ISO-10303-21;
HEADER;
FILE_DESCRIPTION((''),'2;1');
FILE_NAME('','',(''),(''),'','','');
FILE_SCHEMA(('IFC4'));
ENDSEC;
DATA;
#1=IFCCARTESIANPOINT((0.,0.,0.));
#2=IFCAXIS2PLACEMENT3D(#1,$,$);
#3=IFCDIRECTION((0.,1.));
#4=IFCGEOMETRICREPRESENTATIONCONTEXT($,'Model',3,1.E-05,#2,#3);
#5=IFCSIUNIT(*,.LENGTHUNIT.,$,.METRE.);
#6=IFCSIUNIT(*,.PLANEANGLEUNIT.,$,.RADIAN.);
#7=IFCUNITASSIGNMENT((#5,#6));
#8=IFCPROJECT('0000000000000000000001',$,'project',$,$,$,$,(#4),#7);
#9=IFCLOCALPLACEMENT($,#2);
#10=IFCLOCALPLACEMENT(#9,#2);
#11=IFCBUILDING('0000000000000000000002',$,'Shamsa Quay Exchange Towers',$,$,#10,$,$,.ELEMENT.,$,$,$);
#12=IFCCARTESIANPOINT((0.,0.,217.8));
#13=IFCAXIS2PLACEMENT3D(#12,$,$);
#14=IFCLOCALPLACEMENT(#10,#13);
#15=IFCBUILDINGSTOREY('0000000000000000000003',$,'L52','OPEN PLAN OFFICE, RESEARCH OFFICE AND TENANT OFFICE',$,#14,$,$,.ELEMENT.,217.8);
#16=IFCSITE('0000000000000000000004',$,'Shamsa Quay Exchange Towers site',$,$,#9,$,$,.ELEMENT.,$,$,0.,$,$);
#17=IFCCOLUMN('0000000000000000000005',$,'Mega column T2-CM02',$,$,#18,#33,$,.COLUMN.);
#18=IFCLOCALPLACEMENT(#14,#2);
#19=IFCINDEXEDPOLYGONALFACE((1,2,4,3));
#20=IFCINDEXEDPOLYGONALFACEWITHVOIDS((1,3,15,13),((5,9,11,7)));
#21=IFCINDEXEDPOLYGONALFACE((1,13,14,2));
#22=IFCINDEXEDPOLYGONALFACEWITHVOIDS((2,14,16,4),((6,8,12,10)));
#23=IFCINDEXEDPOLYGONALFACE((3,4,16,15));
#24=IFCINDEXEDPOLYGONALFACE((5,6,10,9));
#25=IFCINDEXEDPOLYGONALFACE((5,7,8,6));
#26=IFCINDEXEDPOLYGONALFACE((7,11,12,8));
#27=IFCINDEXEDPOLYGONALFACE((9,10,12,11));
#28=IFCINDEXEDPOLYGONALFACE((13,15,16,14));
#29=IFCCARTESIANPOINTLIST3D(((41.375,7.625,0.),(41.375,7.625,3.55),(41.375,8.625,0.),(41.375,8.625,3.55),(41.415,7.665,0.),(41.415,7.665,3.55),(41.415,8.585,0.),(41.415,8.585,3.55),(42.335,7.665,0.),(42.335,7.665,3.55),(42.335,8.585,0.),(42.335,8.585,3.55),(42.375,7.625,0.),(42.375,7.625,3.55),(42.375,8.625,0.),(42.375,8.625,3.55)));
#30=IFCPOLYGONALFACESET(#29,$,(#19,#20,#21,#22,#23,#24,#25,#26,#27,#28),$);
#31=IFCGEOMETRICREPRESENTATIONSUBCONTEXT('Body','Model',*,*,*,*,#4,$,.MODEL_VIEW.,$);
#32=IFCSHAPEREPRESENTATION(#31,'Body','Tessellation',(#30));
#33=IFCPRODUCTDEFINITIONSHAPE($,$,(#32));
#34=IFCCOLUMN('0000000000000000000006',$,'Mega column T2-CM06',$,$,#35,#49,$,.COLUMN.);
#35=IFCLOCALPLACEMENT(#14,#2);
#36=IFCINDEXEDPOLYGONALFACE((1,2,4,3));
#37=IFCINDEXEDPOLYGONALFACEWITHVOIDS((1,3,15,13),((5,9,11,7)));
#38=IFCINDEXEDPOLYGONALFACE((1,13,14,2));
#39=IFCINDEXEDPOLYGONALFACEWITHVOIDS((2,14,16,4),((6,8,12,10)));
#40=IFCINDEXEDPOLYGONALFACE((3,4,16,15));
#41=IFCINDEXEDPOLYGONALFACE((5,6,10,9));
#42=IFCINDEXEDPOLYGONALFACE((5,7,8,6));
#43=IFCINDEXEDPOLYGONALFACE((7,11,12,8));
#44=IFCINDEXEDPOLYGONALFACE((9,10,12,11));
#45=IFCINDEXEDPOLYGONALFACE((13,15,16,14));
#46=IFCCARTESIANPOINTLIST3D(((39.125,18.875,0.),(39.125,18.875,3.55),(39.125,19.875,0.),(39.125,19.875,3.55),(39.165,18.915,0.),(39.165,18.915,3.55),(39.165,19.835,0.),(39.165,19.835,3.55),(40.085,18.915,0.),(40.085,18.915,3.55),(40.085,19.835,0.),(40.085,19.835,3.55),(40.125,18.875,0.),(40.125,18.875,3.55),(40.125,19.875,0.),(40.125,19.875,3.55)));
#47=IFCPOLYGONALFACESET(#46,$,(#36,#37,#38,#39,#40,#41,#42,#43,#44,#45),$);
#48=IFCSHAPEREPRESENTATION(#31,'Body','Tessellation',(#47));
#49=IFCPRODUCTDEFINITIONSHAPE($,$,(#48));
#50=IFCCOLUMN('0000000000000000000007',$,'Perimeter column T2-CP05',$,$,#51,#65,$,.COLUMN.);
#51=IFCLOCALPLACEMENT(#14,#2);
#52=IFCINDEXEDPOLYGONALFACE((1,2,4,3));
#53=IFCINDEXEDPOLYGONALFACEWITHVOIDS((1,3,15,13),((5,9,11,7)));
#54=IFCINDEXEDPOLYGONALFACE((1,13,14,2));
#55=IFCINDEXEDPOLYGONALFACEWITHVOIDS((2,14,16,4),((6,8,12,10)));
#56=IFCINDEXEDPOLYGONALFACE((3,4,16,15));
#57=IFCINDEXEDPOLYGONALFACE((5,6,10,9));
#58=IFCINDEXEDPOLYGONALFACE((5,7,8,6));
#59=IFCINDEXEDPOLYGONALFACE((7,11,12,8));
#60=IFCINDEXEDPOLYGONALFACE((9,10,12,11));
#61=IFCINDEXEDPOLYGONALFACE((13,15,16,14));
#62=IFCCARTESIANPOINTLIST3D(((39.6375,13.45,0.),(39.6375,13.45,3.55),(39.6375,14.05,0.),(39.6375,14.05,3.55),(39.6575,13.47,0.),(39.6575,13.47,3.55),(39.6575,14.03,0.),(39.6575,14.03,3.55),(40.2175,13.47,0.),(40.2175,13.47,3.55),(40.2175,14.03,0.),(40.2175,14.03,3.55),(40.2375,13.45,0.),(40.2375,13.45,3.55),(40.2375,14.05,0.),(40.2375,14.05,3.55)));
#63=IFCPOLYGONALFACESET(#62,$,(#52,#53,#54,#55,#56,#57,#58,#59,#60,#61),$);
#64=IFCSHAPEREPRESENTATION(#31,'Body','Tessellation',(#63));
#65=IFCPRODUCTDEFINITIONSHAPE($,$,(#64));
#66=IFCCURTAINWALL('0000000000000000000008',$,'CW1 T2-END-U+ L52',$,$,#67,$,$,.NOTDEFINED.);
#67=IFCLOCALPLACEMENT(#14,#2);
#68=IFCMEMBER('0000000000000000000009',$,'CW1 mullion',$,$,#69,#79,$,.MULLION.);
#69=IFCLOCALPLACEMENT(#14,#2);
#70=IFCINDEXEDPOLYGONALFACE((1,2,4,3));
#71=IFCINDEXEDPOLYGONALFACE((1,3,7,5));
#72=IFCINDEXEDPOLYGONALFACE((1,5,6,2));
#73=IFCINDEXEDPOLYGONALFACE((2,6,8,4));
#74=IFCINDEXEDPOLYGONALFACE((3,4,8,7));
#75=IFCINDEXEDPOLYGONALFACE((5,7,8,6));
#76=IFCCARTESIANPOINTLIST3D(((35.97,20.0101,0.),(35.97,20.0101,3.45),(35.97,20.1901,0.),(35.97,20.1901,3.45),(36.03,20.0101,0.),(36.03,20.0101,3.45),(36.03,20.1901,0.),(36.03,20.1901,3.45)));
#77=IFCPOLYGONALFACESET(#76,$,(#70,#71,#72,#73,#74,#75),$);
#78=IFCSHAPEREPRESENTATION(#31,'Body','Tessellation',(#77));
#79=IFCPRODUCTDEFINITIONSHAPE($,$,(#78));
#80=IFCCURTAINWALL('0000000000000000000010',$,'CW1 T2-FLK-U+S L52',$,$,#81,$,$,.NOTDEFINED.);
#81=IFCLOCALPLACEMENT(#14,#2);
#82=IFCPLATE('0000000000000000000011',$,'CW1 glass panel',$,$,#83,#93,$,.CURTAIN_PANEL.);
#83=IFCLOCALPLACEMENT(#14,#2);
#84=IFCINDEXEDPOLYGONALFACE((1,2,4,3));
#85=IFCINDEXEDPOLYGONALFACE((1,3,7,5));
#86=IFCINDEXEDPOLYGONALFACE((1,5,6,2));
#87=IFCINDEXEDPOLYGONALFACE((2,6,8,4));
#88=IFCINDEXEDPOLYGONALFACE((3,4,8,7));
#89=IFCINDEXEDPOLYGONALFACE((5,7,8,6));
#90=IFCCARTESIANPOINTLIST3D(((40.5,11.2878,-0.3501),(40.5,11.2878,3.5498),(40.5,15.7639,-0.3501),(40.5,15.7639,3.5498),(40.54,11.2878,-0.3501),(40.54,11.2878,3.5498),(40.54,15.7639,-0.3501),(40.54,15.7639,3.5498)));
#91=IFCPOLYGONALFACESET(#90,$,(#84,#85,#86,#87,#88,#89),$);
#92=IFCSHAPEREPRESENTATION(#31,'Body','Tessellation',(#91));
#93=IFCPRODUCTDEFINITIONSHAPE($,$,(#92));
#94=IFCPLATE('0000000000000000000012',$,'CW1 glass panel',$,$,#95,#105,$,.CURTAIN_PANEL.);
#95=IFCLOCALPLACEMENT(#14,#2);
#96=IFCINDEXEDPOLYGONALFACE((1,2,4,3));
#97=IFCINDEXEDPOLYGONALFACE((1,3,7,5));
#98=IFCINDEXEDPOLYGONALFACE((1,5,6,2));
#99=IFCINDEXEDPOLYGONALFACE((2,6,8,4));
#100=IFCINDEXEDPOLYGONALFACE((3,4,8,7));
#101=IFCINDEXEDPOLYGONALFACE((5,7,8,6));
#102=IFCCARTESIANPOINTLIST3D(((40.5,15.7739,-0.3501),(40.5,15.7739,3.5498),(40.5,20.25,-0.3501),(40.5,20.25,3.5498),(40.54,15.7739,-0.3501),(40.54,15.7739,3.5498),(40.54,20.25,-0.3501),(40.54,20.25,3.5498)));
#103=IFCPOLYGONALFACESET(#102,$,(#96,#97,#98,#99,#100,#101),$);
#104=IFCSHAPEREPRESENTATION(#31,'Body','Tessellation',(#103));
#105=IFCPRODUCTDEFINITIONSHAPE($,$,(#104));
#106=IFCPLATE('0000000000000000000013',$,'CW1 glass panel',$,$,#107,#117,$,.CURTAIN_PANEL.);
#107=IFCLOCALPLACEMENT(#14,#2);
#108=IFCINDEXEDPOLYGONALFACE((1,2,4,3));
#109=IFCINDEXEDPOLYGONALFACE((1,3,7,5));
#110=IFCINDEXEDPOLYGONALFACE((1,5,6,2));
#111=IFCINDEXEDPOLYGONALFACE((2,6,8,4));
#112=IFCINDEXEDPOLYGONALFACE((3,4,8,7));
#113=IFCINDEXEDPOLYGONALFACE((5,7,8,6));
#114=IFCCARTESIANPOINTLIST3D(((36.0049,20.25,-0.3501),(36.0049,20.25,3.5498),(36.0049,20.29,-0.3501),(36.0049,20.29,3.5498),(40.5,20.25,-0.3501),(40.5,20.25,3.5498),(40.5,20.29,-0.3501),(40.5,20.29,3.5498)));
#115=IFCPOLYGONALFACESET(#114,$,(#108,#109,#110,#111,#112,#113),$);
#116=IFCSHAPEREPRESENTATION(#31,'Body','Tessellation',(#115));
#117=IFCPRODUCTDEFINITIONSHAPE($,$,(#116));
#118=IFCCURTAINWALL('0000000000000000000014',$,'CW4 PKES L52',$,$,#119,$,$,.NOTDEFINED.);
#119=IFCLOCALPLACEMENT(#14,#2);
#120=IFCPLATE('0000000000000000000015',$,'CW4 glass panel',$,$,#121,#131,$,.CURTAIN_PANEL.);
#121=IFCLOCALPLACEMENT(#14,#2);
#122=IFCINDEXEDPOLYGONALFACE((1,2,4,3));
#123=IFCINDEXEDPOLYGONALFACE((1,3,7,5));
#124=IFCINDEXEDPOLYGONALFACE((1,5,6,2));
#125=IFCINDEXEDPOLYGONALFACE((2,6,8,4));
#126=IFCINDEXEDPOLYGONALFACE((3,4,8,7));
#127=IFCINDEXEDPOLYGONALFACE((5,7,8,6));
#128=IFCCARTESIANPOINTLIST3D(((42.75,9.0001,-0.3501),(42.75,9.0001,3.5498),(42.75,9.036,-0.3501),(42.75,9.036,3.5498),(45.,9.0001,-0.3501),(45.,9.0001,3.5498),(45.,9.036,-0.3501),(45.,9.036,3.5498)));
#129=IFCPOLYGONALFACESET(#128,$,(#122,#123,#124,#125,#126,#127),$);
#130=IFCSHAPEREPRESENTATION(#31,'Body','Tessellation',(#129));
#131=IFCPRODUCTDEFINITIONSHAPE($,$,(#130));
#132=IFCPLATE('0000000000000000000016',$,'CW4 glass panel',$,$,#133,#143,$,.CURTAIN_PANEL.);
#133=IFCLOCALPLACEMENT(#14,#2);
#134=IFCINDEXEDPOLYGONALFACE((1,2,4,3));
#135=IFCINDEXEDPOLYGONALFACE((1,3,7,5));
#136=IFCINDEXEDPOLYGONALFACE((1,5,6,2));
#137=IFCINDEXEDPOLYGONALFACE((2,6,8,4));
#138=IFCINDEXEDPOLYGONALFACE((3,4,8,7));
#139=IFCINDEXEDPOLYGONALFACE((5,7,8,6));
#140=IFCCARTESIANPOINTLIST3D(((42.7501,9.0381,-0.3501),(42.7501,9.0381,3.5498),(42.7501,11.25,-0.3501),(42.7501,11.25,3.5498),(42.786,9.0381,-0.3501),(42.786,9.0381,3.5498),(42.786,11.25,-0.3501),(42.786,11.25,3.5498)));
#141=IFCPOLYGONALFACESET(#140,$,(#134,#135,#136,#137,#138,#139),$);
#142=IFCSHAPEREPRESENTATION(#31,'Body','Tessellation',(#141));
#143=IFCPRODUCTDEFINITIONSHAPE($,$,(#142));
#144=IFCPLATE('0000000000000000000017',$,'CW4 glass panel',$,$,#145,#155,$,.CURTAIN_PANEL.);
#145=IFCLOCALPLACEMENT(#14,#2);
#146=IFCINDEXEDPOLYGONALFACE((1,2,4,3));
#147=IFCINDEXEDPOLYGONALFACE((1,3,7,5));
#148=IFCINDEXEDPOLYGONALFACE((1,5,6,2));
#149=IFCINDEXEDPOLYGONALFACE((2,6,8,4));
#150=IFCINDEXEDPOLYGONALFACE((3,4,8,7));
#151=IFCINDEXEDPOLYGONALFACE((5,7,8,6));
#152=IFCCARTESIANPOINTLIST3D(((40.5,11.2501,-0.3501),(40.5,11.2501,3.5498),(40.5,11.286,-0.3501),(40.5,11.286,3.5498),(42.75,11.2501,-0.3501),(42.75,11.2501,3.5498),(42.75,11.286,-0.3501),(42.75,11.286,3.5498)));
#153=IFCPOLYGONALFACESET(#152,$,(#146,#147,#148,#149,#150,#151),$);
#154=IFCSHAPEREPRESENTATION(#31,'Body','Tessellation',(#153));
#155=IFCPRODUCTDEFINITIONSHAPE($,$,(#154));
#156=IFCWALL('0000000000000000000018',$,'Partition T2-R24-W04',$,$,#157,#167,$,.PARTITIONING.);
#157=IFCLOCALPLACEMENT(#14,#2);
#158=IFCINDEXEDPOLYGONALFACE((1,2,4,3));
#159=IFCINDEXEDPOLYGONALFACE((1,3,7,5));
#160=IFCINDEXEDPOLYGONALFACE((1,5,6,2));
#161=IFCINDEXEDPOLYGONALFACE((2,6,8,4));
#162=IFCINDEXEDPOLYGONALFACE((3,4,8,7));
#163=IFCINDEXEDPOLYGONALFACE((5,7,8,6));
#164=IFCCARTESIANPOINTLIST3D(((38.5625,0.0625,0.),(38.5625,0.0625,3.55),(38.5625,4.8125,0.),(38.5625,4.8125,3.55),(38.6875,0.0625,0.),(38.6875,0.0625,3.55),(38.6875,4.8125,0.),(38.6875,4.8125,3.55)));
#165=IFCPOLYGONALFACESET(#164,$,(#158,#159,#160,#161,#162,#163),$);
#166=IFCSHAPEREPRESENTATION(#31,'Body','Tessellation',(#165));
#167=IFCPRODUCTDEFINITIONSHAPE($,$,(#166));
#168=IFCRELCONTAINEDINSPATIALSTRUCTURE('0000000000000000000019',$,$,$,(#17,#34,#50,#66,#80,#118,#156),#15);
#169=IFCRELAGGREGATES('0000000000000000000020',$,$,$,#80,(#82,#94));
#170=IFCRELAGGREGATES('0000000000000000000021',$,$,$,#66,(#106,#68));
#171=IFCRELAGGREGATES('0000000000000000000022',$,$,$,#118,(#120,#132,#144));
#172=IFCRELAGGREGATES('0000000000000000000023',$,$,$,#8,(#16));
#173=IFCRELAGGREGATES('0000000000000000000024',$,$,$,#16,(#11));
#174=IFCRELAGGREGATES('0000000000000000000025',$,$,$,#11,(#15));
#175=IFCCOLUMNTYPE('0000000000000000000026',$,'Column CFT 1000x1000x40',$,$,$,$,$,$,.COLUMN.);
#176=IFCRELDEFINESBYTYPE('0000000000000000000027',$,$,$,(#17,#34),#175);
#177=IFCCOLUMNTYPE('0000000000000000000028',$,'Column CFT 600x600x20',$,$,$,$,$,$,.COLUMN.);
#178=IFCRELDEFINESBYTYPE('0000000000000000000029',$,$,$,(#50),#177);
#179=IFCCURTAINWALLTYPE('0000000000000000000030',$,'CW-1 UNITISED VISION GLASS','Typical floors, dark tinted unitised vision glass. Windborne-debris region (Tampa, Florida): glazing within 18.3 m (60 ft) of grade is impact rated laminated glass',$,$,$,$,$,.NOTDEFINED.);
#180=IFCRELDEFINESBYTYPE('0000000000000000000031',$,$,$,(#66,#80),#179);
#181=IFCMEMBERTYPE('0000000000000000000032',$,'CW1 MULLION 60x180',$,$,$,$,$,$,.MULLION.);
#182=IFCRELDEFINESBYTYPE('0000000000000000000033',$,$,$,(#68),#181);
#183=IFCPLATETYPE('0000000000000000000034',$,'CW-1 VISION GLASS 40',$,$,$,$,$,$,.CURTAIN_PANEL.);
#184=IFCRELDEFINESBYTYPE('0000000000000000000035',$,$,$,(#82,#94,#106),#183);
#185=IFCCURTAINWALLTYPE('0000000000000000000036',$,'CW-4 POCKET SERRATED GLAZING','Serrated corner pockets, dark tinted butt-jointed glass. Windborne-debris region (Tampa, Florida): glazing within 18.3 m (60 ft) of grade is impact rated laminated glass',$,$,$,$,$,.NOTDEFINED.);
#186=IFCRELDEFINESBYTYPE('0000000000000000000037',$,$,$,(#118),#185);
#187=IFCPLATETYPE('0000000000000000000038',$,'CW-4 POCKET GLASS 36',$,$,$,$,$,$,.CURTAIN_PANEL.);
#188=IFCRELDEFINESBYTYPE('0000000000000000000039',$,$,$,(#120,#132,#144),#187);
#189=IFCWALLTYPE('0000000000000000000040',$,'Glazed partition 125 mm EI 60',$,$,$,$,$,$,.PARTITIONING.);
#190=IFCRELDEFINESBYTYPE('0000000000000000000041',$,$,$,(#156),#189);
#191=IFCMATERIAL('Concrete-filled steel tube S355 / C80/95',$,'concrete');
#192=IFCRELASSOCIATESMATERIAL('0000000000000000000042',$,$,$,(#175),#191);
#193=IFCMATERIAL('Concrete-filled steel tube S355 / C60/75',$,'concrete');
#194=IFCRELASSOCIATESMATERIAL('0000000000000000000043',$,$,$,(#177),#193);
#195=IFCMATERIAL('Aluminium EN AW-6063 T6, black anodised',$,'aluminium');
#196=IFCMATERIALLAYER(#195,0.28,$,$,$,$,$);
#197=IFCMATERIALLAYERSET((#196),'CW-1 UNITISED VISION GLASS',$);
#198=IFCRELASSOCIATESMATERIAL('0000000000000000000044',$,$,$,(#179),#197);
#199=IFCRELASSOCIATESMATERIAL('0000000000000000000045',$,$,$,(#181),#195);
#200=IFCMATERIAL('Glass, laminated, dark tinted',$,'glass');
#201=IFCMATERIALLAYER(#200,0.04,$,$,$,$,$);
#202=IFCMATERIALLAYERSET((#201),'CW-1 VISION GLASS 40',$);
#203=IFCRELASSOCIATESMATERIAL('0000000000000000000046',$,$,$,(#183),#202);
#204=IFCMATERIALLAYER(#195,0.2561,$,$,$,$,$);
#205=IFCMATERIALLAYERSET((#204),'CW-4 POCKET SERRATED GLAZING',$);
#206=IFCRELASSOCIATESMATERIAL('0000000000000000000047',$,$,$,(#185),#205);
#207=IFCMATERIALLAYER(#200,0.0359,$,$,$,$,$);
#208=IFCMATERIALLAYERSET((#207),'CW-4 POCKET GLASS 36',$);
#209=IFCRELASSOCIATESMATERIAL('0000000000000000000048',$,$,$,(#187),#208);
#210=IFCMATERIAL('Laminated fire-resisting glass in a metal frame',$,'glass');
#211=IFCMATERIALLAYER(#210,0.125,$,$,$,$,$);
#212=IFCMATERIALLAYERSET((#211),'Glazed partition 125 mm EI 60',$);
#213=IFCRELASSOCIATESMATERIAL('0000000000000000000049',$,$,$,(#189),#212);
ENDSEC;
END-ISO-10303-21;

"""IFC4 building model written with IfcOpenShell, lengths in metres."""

from ifc_helpers import new_model, si_unit, direction, frame, frame_2d, origin, origin_2d, place, context, subcontext, project, spatial, rectangle, hollow_rectangle, extrude, material, layer, layer_set, material_profile, profile_set, type_object, element, aggregate, save


model = new_model("IFC4")

# Units and contexts
model_context = context("Model", 3, precision=1e-05, world=origin(), true_north=direction((0.0, 1.0)))
body_context = subcontext(model_context, "Body", "Model", "MODEL_VIEW")
ifc_project = project(units=[si_unit("LENGTHUNIT", "METRE"), si_unit("PLANEANGLEUNIT", "RADIAN")], contexts=[model_context])

# Site, building, storey
site_placement = place(None, origin())
site = spatial("IfcSite", under=ifc_project, at=site_placement, Name="Shamsa Quay Exchange Towers site", CompositionType="ELEMENT", RefElevation=0.0)
building_placement = place(site_placement, origin())
building = spatial("IfcBuilding", under=site, at=building_placement, Name="Shamsa Quay Exchange Towers", CompositionType="ELEMENT")
storey_placement = place(building_placement, frame((0.0, 0.0, 217.8)))
storey = spatial("IfcBuildingStorey", under=building, at=storey_placement, Name="L52", Description="OPEN PLAN OFFICE, RESEARCH OFFICE AND TENANT OFFICE", CompositionType="ELEMENT", Elevation=217.8)

# Columns
ifc_material_1 = material(Name="Concrete-filled steel tube S355 / C80/95", Category="concrete")
ifc_material_profile_1 = material_profile(ifc_material_1, hollow_rectangle(XDim=1.0, YDim=1.0, WallThickness=0.04, at=origin_2d()), Name="CFT 1000x1000x40")
ifc_profile_set_1 = profile_set([ifc_material_profile_1], Name="Concrete-filled steel tube S355 / C80/95")
column_type_1 = type_object("IfcColumnType", Name="Column CFT 1000x1000x40", PredefinedType="COLUMN", material=ifc_profile_set_1)
for number, where, name in (
    (1, (41.875, 8.125, 0.0), "Mega column T2-CM02"),
    (2, (39.625, 19.375, 0.0), "Mega column T2-CM06"),
):
    element("IfcColumn", number, at=place(storey_placement, frame(where)), inside=storey, type_object=column_type_1, Name=name, PredefinedType="COLUMN", context=body_context, shape_type="SweptSolid", body=[
        extrude(hollow_rectangle(XDim=1.0, YDim=1.0, WallThickness=0.04, at=origin_2d()), origin(), (0.0, 0.0, 1.0), 3.55),
    ])
ifc_material_2 = material(Name="Concrete-filled steel tube S355 / C60/75", Category="concrete")
ifc_material_profile_2 = material_profile(ifc_material_2, hollow_rectangle(XDim=0.6001, YDim=0.6001, WallThickness=0.02, at=origin_2d()), Name="CFT 600x600x20")
ifc_profile_set_2 = profile_set([ifc_material_profile_2], Name="Concrete-filled steel tube S355 / C60/75")
column_type_2 = type_object("IfcColumnType", Name="Column CFT 600x600x20", PredefinedType="COLUMN", material=ifc_profile_set_2)
column_placement = place(storey_placement, frame((39.9375, 13.75, 0.0)))
element("IfcColumn", 3, at=column_placement, inside=storey, type_object=column_type_2, Name="Perimeter column T2-CP05", PredefinedType="COLUMN", context=body_context, shape_type="SweptSolid", body=[
    extrude(hollow_rectangle(XDim=0.6001, YDim=0.6001, WallThickness=0.02, at=origin_2d()), origin(), (0.0, 0.0, 1.0), 3.55),
])

# Curtain wall, member
ifc_material_3 = material(Name="Aluminium EN AW-6063 T6, black anodised", Category="aluminium")
ifc_layer_1 = layer(ifc_material_3, 0.28)
ifc_layer_set_1 = layer_set([ifc_layer_1], Name="CW-1 UNITISED VISION GLASS")
curtain_wall_type_1 = type_object("IfcCurtainWallType", Name="CW-1 UNITISED VISION GLASS", Description="Typical floors, dark tinted unitised vision glass. Windborne-debris region (Tampa, Florida): glazing within 18.3 m (60 ft) of grade is impact rated laminated glass", PredefinedType="NOTDEFINED", material=ifc_layer_set_1)
curtain_wall_1_placement = place(storey_placement, origin())
curtain_wall_1 = element("IfcCurtainWall", 4, at=curtain_wall_1_placement, inside=storey, type_object=curtain_wall_type_1, Name="CW1 T2-END-U+ L52", PredefinedType="NOTDEFINED")
ifc_material_profile_3 = material_profile(ifc_material_3, rectangle(XDim=0.1799, YDim=0.0601, at=origin_2d()), Name="MU60x180")
ifc_profile_set_3 = profile_set([ifc_material_profile_3], Name="Aluminium EN AW-6063 T6, black anodised")
member_type = type_object("IfcMemberType", Name="CW1 MULLION 60x180", PredefinedType="MULLION", material=ifc_profile_set_3)
member_placement = place(storey_placement, frame((36.0, 20.1001, 0.0), z_axis=(0.0, 0.0, 1.0), x_axis=(0.0, -1.0, 0.0)))
member = element("IfcMember", 5, at=member_placement, type_object=member_type, Name="CW1 mullion", PredefinedType="MULLION", context=body_context, shape_type="SweptSolid", body=[
    extrude(rectangle(XDim=0.1799, YDim=0.0601, at=origin_2d()), origin(), (0.0, 0.0, 1.0), 3.45),
])

# Curtain wall, plates
curtain_wall_2_placement = place(storey_placement, origin())
curtain_wall_2 = element("IfcCurtainWall", 6, at=curtain_wall_2_placement, inside=storey, type_object=curtain_wall_type_1, Name="CW1 T2-FLK-U+S L52", PredefinedType="NOTDEFINED")
ifc_material_4 = material(Name="Glass, laminated, dark tinted", Category="glass")
ifc_layer_2 = layer(ifc_material_4, 0.04)
ifc_layer_set_2 = layer_set([ifc_layer_2], Name="CW-1 VISION GLASS 40")
plate_type_1 = type_object("IfcPlateType", Name="CW-1 VISION GLASS 40", PredefinedType="CURTAIN_PANEL", material=ifc_layer_set_2)
plate_1_placement = place(storey_placement, frame((40.52, 13.5259, -0.3501), z_axis=(0.0, 0.0, 1.0), x_axis=(0.0, 1.0, 0.0)))
plate_1 = element("IfcPlate", 7, at=plate_1_placement, type_object=plate_type_1, Name="CW1 glass panel", PredefinedType="CURTAIN_PANEL", context=body_context, shape_type="SweptSolid", body=[
    extrude(rectangle(XDim=4.4761, YDim=0.04, at=origin_2d()), origin(), (0.0, 0.0, 1.0), 3.8999),
])
plate_2_placement = place(storey_placement, frame((40.52, 18.012, -0.3501), z_axis=(0.0, 0.0, 1.0), x_axis=(0.0, 1.0, 0.0)))
plate_2 = element("IfcPlate", 8, at=plate_2_placement, type_object=plate_type_1, Name="CW1 glass panel", PredefinedType="CURTAIN_PANEL", context=body_context, shape_type="SweptSolid", body=[
    extrude(rectangle(XDim=4.4761, YDim=0.04, at=origin_2d()), origin(), (0.0, 0.0, 1.0), 3.8999),
])
aggregate(curtain_wall_2, [plate_1, plate_2])

# Plate
plate_3_placement = place(storey_placement, frame((38.2524, 20.27, -0.3501), z_axis=(0.0, 0.0, 1.0), x_axis=(-1.0, 0.0, 0.0)))
plate_3 = element("IfcPlate", 9, at=plate_3_placement, type_object=plate_type_1, Name="CW1 glass panel", PredefinedType="CURTAIN_PANEL", context=body_context, shape_type="SweptSolid", body=[
    extrude(rectangle(XDim=4.4951, YDim=0.04, at=origin_2d()), origin(), (0.0, 0.0, 1.0), 3.8999),
])
aggregate(curtain_wall_1, [plate_3, member])

# Curtain wall, plates
ifc_layer_3 = layer(ifc_material_3, 0.2561)
ifc_layer_set_3 = layer_set([ifc_layer_3], Name="CW-4 POCKET SERRATED GLAZING")
curtain_wall_type_2 = type_object("IfcCurtainWallType", Name="CW-4 POCKET SERRATED GLAZING", Description="Serrated corner pockets, dark tinted butt-jointed glass. Windborne-debris region (Tampa, Florida): glazing within 18.3 m (60 ft) of grade is impact rated laminated glass", PredefinedType="NOTDEFINED", material=ifc_layer_set_3)
curtain_wall_3_placement = place(storey_placement, origin())
curtain_wall_3 = element("IfcCurtainWall", 10, at=curtain_wall_3_placement, inside=storey, type_object=curtain_wall_type_2, Name="CW4 PKES L52", PredefinedType="NOTDEFINED")
ifc_layer_4 = layer(ifc_material_4, 0.0359)
ifc_layer_set_4 = layer_set([ifc_layer_4], Name="CW-4 POCKET GLASS 36")
plate_type_2 = type_object("IfcPlateType", Name="CW-4 POCKET GLASS 36", PredefinedType="CURTAIN_PANEL", material=ifc_layer_set_4)
plate_4_placement = place(storey_placement, frame((43.875, 9.0181, -0.3501), z_axis=(0.0, 0.0, 1.0), x_axis=(-1.0, 0.0, 0.0)))
plate_4 = element("IfcPlate", 11, at=plate_4_placement, type_object=plate_type_2, Name="CW4 glass panel", PredefinedType="CURTAIN_PANEL", context=body_context, shape_type="SweptSolid", body=[
    extrude(rectangle(XDim=2.25, YDim=0.0359, at=origin_2d()), origin(), (0.0, 0.0, 1.0), 3.8999),
])
plate_5_placement = place(storey_placement, frame((42.7681, 10.144, -0.3501), z_axis=(0.0, 0.0, 1.0), x_axis=(0.0, 1.0, 0.0)))
plate_5 = element("IfcPlate", 12, at=plate_5_placement, type_object=plate_type_2, Name="CW4 glass panel", PredefinedType="CURTAIN_PANEL", context=body_context, shape_type="SweptSolid", body=[
    extrude(rectangle(XDim=2.2119, YDim=0.0359, at=origin_2d()), origin(), (0.0, 0.0, 1.0), 3.8999),
])
plate_6_placement = place(storey_placement, frame((41.625, 11.2681, -0.3501), z_axis=(0.0, 0.0, 1.0), x_axis=(-1.0, 0.0, 0.0)))
plate_6 = element("IfcPlate", 13, at=plate_6_placement, type_object=plate_type_2, Name="CW4 glass panel", PredefinedType="CURTAIN_PANEL", context=body_context, shape_type="SweptSolid", body=[
    extrude(rectangle(XDim=2.25, YDim=0.0359, at=origin_2d()), origin(), (0.0, 0.0, 1.0), 3.8999),
])
aggregate(curtain_wall_3, [plate_4, plate_5, plate_6])

# Wall
ifc_material_5 = material(Name="Laminated fire-resisting glass in a metal frame", Category="glass")
ifc_layer_5 = layer(ifc_material_5, 0.125)
ifc_layer_set_5 = layer_set([ifc_layer_5], Name="Glazed partition 125 mm EI 60")
wall_type_1 = type_object("IfcWallType", Name="Glazed partition 125 mm EI 60", PredefinedType="PARTITIONING", material=ifc_layer_set_5)
wall_1_placement = place(storey_placement, frame((38.625, 0.0625, 0.0), z_axis=(0.0, 0.0, 1.0), x_axis=(0.0, 1.0, 0.0)))
element("IfcWall", 14, at=wall_1_placement, inside=storey, type_object=wall_type_1, Name="Partition T2-R24-W04", PredefinedType="PARTITIONING", context=body_context, shape_type="SweptSolid", body=[
    extrude(rectangle(XDim=4.75, YDim=0.125, at=frame_2d((2.375, 0.0))), origin(), (0.0, 0.0, 1.0), 3.55),
])

save(model, "model.ifc")
